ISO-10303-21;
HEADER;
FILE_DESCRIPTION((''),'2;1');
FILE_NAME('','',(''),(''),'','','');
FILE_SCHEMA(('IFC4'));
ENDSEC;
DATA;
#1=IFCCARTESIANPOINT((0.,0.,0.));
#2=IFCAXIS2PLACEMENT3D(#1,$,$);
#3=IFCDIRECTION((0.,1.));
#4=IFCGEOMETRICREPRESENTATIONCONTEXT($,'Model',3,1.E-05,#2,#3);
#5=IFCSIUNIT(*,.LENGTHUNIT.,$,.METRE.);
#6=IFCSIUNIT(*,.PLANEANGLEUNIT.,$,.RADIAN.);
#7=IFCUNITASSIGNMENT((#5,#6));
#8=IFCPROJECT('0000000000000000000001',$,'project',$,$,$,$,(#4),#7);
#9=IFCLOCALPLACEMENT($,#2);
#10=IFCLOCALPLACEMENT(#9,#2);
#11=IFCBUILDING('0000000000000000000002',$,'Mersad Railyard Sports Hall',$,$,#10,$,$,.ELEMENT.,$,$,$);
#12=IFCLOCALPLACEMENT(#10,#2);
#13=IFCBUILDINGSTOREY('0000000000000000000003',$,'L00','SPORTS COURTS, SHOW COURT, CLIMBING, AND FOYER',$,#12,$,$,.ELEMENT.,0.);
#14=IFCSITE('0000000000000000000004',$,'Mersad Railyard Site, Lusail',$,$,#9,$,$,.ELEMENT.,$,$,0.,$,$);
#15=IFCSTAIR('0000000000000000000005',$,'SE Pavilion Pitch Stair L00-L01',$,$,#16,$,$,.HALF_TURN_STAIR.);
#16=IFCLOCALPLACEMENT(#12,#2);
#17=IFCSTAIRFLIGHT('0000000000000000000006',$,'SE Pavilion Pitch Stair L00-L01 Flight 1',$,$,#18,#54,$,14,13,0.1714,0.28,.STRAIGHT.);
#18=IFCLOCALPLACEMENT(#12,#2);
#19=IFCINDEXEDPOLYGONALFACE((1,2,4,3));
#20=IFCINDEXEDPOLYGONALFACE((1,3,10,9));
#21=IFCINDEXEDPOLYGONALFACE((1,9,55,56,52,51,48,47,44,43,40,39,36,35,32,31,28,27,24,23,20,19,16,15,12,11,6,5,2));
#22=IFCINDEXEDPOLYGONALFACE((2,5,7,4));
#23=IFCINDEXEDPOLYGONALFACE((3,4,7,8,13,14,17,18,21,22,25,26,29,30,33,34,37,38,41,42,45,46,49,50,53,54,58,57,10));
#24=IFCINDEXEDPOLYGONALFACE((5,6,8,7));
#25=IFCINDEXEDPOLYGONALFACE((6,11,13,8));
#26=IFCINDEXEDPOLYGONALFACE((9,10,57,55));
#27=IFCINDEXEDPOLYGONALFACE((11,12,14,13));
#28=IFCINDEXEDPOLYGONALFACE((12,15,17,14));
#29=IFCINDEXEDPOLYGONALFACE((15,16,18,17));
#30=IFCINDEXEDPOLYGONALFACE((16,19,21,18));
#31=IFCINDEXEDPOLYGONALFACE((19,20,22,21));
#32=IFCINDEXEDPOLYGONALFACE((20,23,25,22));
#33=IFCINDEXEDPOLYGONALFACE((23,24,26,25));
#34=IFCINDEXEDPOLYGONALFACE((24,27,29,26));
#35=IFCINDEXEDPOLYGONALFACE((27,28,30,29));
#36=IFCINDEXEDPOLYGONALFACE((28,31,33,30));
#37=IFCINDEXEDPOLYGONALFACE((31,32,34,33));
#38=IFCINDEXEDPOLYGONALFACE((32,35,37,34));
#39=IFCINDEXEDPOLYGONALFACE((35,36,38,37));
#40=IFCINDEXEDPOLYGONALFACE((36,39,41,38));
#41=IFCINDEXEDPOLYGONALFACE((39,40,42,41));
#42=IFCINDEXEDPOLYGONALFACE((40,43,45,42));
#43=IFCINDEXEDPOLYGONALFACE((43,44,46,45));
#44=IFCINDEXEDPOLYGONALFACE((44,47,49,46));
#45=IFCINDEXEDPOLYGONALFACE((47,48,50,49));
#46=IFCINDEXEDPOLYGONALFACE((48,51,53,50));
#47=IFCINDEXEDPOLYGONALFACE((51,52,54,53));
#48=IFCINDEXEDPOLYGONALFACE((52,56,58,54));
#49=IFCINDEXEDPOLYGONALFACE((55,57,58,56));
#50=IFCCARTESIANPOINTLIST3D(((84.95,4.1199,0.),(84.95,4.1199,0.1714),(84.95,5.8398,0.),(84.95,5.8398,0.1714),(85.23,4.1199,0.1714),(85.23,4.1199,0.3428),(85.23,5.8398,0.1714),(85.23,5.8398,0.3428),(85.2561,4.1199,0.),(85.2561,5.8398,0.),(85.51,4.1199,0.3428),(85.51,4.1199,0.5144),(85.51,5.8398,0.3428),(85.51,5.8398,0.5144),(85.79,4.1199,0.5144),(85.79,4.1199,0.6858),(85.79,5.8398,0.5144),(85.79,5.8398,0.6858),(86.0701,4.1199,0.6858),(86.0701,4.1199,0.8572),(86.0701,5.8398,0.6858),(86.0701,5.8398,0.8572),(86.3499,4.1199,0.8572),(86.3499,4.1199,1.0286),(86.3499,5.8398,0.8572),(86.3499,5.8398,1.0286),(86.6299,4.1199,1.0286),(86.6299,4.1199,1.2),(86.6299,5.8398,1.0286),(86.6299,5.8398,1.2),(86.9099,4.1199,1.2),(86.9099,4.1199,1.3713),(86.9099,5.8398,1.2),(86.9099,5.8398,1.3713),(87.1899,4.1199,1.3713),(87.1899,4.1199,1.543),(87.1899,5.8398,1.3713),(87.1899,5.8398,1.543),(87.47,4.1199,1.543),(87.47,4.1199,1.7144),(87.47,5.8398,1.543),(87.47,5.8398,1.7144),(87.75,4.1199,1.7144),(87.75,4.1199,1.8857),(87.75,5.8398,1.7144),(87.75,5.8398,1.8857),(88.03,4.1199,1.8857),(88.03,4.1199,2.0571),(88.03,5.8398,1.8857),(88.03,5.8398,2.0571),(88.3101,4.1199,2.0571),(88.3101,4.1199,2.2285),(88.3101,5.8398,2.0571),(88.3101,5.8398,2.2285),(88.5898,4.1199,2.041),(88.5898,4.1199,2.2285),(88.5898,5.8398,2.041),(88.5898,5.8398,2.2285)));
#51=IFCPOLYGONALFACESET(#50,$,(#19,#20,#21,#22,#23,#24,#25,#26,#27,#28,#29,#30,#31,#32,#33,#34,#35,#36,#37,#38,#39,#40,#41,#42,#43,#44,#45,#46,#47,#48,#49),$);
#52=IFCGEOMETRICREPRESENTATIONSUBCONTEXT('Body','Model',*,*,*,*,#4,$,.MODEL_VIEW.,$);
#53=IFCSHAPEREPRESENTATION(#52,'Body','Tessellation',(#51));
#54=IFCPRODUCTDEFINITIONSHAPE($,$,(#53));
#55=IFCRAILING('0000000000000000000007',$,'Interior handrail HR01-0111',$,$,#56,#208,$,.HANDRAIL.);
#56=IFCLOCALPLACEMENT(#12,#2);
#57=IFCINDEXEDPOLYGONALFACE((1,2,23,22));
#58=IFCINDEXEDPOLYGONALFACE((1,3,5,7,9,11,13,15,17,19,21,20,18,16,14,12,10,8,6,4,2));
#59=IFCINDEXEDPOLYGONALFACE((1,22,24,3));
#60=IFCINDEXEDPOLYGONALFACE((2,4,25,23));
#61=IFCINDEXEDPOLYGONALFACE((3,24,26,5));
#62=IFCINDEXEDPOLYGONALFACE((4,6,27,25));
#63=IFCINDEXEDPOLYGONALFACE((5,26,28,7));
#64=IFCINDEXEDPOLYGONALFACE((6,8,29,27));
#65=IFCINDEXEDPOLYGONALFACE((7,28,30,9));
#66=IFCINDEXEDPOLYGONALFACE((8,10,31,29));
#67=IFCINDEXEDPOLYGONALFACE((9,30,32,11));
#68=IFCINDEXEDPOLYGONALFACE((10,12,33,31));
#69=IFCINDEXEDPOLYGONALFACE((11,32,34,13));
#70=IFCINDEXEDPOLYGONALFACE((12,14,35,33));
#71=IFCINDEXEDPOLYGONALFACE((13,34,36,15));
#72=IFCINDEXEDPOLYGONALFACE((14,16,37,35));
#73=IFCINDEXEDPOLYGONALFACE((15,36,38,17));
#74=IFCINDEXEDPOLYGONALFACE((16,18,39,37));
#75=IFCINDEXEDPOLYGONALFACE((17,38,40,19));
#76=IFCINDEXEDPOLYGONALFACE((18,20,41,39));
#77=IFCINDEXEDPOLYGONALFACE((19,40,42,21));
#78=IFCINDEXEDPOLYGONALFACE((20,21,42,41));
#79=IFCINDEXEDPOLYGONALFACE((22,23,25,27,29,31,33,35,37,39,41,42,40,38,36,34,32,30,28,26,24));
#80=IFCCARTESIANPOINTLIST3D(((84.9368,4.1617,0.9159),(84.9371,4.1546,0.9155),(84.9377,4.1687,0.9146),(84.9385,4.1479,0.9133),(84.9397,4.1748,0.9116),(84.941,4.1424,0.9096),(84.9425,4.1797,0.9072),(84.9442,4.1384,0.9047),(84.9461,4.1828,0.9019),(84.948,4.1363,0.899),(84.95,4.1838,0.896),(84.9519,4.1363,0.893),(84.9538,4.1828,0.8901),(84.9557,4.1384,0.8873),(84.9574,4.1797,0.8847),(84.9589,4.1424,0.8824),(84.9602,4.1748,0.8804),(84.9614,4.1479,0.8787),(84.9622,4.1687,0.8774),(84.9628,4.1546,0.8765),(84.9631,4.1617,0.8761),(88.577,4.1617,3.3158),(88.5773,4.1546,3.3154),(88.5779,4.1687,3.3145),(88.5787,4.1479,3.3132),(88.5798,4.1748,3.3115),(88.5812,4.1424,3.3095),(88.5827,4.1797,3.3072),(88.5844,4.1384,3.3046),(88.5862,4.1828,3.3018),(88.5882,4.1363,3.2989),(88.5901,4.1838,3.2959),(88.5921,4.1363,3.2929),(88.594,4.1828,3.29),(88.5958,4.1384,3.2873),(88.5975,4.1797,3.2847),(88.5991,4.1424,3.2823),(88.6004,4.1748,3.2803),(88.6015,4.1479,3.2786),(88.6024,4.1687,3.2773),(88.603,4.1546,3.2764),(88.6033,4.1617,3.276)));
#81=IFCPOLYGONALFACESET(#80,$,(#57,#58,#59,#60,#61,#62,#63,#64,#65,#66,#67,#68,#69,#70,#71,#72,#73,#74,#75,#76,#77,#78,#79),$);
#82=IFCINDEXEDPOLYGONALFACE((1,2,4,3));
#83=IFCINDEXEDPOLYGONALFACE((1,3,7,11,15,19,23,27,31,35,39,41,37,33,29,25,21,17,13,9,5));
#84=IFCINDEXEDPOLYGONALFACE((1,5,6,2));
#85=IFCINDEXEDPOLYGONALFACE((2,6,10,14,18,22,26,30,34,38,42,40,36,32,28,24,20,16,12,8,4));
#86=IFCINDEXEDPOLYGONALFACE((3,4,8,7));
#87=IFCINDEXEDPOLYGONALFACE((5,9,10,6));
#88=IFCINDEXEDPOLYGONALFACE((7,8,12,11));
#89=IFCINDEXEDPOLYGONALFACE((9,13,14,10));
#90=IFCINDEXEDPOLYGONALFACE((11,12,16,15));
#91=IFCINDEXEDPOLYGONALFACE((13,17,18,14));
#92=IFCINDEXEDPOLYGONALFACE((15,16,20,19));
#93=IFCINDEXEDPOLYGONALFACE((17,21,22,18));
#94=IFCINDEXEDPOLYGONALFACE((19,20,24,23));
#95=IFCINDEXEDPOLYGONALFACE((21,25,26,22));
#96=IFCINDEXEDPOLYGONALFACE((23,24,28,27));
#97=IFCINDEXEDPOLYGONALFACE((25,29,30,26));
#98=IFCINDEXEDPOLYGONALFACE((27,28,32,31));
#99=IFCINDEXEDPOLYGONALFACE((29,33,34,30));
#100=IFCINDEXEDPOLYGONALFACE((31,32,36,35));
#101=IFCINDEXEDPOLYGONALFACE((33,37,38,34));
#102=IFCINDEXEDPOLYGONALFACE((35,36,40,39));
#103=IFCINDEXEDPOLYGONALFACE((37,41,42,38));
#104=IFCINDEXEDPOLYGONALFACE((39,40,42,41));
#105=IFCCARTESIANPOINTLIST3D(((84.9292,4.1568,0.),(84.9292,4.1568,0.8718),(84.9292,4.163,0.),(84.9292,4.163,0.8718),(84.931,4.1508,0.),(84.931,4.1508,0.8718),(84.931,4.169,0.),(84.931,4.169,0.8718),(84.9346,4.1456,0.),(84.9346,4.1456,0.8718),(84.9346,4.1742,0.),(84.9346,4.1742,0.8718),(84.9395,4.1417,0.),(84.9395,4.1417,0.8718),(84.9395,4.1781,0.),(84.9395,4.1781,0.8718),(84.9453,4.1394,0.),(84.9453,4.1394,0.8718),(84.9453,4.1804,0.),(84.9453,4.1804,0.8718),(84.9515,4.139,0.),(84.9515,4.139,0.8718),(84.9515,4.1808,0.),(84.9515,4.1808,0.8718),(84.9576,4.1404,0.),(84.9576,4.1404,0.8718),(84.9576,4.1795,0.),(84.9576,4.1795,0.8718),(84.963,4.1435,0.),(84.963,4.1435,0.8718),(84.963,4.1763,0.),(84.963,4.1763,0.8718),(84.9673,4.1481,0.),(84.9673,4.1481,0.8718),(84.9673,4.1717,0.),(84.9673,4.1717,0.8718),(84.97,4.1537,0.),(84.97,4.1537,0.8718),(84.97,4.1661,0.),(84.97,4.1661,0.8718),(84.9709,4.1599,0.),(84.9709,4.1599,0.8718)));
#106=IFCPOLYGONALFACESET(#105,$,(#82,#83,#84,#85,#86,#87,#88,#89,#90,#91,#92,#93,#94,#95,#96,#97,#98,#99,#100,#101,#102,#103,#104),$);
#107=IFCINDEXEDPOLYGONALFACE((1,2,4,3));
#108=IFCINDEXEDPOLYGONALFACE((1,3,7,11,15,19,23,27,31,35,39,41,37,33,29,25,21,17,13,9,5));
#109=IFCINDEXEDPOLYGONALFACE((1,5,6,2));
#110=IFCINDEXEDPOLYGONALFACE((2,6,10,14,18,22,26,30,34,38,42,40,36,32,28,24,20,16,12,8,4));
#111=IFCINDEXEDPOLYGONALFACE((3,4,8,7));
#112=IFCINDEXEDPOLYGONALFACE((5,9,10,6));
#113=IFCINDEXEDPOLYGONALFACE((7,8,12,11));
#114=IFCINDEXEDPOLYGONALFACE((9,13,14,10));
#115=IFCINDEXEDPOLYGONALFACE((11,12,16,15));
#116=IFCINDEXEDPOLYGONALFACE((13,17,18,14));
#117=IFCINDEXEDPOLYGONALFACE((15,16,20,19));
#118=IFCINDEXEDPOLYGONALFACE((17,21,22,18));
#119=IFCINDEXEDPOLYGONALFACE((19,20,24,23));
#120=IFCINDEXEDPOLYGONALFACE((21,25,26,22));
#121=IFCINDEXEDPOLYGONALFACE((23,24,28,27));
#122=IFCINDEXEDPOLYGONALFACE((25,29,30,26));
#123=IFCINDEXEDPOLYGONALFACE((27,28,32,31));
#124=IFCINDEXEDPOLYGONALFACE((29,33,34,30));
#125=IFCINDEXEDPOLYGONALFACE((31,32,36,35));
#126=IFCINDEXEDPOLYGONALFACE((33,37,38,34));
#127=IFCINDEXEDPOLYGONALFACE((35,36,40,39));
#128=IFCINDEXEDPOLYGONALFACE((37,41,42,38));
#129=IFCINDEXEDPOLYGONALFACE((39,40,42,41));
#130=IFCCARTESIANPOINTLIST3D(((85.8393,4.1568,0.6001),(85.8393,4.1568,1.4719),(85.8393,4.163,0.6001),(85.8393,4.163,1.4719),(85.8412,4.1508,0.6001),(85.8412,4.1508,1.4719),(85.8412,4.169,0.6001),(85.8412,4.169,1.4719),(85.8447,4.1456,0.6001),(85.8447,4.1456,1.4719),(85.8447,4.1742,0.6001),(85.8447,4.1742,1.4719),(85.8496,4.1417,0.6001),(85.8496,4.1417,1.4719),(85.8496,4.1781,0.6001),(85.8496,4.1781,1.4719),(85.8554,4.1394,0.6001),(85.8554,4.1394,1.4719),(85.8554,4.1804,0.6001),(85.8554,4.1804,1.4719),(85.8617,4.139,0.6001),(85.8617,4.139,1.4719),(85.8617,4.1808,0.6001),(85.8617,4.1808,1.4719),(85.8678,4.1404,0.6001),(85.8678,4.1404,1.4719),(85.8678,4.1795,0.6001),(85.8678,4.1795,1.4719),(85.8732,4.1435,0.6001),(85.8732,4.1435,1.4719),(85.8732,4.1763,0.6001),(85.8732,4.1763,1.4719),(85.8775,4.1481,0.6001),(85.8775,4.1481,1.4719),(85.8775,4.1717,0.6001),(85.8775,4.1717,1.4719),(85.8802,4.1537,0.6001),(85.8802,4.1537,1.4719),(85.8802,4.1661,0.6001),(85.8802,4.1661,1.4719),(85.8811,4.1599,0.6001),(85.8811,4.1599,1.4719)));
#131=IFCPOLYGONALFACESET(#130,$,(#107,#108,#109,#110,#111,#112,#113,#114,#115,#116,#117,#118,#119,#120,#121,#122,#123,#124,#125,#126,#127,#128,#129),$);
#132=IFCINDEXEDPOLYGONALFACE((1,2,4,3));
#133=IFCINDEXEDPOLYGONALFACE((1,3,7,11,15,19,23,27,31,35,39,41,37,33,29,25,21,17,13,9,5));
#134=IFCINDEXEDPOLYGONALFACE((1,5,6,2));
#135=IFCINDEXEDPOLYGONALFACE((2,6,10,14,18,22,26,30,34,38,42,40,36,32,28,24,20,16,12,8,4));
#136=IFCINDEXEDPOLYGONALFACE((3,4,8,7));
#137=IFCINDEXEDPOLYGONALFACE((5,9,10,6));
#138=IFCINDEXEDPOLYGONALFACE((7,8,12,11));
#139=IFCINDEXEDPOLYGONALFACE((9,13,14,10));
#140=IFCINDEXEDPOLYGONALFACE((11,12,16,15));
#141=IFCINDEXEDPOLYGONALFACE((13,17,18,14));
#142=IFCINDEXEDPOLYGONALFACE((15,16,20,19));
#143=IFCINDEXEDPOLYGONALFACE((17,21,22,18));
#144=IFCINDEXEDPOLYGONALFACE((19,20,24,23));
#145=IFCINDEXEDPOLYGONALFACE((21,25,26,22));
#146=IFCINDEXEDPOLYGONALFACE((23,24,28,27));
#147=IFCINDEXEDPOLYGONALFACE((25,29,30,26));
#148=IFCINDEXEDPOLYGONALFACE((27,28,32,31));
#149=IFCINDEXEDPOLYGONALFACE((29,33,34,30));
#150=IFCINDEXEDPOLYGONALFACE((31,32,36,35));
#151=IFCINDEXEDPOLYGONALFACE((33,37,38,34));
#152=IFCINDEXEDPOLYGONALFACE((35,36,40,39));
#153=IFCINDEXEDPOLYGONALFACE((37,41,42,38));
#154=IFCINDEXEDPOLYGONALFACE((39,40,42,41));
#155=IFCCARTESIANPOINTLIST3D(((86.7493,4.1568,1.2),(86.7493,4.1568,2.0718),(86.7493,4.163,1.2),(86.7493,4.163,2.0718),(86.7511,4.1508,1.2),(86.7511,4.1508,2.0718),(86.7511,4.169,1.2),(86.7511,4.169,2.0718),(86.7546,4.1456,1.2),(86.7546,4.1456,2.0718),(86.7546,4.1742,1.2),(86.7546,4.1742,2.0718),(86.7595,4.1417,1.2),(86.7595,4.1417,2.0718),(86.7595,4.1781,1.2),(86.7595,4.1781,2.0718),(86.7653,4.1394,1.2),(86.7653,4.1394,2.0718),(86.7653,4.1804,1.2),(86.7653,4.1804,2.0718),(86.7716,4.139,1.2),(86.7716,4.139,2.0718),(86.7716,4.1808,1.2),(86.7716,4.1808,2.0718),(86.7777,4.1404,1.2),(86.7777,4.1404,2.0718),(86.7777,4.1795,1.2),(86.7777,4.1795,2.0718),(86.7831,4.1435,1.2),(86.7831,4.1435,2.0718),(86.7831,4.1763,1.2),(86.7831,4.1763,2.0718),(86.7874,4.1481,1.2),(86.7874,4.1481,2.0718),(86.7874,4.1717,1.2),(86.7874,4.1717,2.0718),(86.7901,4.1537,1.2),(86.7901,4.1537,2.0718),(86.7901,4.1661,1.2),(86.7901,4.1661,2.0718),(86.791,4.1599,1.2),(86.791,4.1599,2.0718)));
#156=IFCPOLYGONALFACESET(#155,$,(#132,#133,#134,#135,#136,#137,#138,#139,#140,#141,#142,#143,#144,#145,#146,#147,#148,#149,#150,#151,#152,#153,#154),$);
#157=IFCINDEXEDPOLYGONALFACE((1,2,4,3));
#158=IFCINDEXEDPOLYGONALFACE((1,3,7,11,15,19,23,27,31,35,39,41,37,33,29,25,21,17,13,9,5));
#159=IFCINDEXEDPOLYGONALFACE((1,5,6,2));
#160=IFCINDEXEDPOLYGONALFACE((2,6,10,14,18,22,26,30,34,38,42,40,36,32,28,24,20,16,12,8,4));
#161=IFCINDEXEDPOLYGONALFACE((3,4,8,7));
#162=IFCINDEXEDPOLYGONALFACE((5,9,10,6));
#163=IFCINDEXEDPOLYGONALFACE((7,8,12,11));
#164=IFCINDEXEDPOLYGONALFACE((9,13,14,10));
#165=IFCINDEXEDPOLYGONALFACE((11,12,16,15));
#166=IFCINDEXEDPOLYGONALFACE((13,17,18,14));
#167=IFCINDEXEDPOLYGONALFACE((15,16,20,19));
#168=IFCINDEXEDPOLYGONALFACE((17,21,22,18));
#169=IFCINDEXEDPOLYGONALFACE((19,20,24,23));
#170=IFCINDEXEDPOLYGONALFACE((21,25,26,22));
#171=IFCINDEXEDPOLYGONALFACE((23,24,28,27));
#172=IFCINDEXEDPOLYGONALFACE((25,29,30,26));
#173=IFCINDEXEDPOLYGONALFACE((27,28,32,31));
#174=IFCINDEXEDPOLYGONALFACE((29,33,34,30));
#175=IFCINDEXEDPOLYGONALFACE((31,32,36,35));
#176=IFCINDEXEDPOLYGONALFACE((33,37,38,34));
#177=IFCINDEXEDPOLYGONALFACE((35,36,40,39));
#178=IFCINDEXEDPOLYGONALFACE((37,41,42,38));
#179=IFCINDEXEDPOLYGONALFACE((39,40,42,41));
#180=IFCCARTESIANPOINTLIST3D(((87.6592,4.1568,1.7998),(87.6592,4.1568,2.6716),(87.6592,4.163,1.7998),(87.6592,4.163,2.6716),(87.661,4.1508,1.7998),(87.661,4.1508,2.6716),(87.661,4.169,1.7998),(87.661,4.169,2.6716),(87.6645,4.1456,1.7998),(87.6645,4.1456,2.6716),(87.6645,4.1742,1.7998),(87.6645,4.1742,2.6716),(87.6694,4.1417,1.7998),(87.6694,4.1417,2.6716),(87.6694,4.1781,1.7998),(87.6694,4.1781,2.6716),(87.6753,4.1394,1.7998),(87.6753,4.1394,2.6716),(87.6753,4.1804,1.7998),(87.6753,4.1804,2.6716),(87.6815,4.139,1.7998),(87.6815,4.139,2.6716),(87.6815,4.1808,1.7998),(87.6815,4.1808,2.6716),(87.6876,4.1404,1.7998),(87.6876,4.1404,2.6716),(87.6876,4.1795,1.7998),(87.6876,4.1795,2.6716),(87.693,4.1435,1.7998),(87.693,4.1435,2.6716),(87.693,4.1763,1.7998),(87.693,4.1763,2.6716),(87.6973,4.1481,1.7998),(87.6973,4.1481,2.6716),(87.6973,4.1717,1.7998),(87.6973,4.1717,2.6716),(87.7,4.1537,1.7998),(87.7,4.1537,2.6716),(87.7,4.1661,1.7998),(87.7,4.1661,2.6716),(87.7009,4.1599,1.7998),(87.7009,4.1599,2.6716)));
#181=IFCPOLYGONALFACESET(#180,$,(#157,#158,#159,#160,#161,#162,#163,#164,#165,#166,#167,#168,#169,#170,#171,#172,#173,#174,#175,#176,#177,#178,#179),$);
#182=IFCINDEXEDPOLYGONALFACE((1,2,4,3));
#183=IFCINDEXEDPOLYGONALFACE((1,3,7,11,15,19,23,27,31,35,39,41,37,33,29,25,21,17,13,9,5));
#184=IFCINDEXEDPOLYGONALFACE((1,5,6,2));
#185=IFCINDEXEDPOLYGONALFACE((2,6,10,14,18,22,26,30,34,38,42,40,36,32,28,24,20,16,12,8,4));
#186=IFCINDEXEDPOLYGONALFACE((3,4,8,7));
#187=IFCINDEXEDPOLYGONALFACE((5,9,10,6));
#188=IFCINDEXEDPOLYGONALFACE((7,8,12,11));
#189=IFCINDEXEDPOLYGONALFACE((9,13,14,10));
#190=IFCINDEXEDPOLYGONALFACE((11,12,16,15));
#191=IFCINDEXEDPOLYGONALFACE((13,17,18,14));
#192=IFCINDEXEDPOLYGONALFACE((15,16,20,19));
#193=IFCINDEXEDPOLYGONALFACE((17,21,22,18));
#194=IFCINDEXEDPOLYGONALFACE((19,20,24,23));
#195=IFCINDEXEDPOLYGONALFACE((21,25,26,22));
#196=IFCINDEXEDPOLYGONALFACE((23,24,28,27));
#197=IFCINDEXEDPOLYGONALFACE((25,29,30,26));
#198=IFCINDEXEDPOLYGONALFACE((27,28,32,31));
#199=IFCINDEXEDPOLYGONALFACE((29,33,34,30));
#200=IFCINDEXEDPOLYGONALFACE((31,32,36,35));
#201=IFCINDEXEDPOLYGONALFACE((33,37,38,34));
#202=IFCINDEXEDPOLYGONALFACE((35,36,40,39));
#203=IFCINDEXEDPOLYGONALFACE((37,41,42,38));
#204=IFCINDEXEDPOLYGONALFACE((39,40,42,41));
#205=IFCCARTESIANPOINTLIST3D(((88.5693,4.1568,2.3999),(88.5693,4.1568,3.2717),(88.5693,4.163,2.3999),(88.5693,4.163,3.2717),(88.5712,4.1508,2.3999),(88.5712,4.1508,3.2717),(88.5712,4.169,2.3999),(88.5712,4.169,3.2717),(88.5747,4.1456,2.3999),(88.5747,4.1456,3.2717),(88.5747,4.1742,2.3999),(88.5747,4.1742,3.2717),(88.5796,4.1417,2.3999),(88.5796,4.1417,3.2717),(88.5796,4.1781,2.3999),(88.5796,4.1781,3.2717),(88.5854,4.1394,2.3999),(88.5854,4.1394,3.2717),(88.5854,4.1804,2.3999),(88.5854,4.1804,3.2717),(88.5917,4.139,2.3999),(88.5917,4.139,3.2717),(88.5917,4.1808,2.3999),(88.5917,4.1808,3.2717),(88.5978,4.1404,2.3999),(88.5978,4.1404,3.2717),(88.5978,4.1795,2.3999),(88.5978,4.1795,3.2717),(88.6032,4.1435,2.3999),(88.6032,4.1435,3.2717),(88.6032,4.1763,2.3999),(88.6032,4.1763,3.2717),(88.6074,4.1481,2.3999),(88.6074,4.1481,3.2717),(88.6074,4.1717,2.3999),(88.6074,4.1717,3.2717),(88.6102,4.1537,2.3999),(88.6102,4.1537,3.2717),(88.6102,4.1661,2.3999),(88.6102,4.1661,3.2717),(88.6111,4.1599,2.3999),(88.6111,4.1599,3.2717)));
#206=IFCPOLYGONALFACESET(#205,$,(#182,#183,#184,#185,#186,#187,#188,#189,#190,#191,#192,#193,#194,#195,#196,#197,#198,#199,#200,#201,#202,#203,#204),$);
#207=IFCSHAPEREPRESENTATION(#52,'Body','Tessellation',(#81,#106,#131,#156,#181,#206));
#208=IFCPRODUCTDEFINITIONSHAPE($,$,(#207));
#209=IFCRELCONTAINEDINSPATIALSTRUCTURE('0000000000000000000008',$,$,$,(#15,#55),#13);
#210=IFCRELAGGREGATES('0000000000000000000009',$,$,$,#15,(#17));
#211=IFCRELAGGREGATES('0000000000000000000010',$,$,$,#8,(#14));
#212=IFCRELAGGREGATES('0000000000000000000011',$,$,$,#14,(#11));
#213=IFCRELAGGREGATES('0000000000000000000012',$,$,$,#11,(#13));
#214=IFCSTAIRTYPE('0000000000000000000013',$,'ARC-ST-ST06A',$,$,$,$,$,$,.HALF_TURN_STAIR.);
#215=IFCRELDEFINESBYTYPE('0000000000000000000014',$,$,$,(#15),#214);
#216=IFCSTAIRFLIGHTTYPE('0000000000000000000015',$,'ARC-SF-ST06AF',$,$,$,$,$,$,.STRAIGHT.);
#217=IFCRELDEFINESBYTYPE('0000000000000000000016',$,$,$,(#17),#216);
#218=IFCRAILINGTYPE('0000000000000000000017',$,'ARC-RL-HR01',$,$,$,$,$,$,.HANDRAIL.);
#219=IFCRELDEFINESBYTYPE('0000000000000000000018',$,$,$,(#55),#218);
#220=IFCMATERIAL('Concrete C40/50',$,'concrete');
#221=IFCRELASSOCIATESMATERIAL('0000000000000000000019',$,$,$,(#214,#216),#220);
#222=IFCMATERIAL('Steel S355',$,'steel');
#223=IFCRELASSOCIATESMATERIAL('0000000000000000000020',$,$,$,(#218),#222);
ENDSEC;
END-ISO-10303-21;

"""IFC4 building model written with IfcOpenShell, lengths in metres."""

from ifc_helpers import new_model, si_unit, direction, frame, origin, origin_2d, place, context, subcontext, project, spatial, polyline, circle, outline, extrude, material, type_object, element, aggregate, save


model = new_model("IFC4")

# Units and contexts
model_context = context("Model", 3, precision=1e-05, world=origin(), true_north=direction((0.0, 1.0)))
body_context = subcontext(model_context, "Body", "Model", "MODEL_VIEW")
ifc_project = project(units=[si_unit("LENGTHUNIT", "METRE"), si_unit("PLANEANGLEUNIT", "RADIAN")], contexts=[model_context])

# Site, building, storey
site_placement = place(None, origin())
site = spatial("IfcSite", under=ifc_project, at=site_placement, Name="Mersad Railyard Site, Lusail", CompositionType="ELEMENT", RefElevation=0.0)
building_placement = place(site_placement, origin())
building = spatial("IfcBuilding", under=site, at=building_placement, Name="Mersad Railyard Sports Hall", CompositionType="ELEMENT")
storey_placement = place(building_placement, origin())
storey = spatial("IfcBuildingStorey", under=building, at=storey_placement, Name="L00", Description="SPORTS COURTS, SHOW COURT, CLIMBING, AND FOYER", CompositionType="ELEMENT", Elevation=0.0)

# Shared definitions
ifc_material_1 = material(Name="Concrete C40/50", Category="concrete")

# Shared definitions
ifc_material_2 = material(Name="Steel S355", Category="steel")

# Stair, stair flight
stair_type = type_object("IfcStairType", Name="ARC-ST-ST06A", PredefinedType="HALF_TURN_STAIR", material=ifc_material_1)
stair_placement = place(storey_placement, origin())
stair = element("IfcStair", 1, at=stair_placement, inside=storey, type_object=stair_type, Name="SE Pavilion Pitch Stair L00-L01", PredefinedType="HALF_TURN_STAIR")
stair_flight_type = type_object("IfcStairFlightType", Name="ARC-SF-ST06AF", PredefinedType="STRAIGHT", material=ifc_material_1)
stair_flight_placement = place(storey_placement, frame((84.95, 4.98, 0.0), z_axis=(0.0, 0.0, 1.0), x_axis=(1.0, 0.0, 0.0)))
stair_flight = element("IfcStairFlight", 2, at=stair_flight_placement, type_object=stair_flight_type, Name="SE Pavilion Pitch Stair L00-L01 Flight 1", NumberOfRisers=14, NumberOfTreads=13, PredefinedType="STRAIGHT", RiserHeight=0.1714, TreadLength=0.28, context=body_context, shape_type="SweptSolid", body=[
    extrude(outline(polyline([(0.0, 0.0), (0.0, 0.1714), (0.28, 0.1714), (0.28, 0.3428), (0.5601, 0.3428), (0.5601, 0.5144), (0.8401, 0.5144), (0.8401, 0.6858), (1.1201, 0.6858), (1.1201, 0.8572), (1.3999, 0.8572), (1.3999, 1.0286), (1.6799, 1.0286), (1.6799, 1.2), (1.96, 1.2), (1.96, 1.3713), (2.24, 1.3713), (2.24, 1.543), (2.52, 1.543), (2.52, 1.7144), (2.8, 1.7144), (2.8, 1.8857), (3.0801, 1.8857), (3.0801, 2.0571), (3.3601, 2.0571), (3.3601, 2.2285), (3.6399, 2.2285), (3.6399, 2.3999), (3.6399, 2.041), (0.3062, 0.0), (0.0, 0.0)])), frame((0.0, 0.8599, 0.0), z_axis=(0.0, -1.0, 0.0), x_axis=(1.0, 0.0, 0.0)), (0.0, 0.0, 1.0), 1.72),
])
aggregate(stair, [stair_flight])

# Railing
railing_type_1 = type_object("IfcRailingType", Name="ARC-RL-HR01", PredefinedType="HANDRAIL", material=ifc_material_2)
railing_1_placement = place(storey_placement, frame((84.95, 4.1599, 0.0)))
element("IfcRailing", 3, at=railing_1_placement, inside=storey, type_object=railing_type_1, Name="Interior handrail HR01-0111", PredefinedType="HANDRAIL", context=body_context, shape_type="SweptSolid", body=[
    extrude(circle(Radius=0.0239, at=origin_2d()), frame((0.0, 0.0, 0.896), z_axis=(0.834882, 0.0, 0.550429), x_axis=(0.0, 1.0, 0.0)), (0.0, 0.0, 1.0), 4.3601),
    extrude(circle(Radius=0.021, at=origin_2d()), origin(), (0.0, 0.0, 1.0), 0.8718),
    extrude(circle(Radius=0.021, at=origin_2d()), frame((0.9102, 0.0, 0.6001)), (0.0, 0.0, 1.0), 0.8718),
    extrude(circle(Radius=0.021, at=origin_2d()), frame((1.8201, 0.0, 1.2)), (0.0, 0.0, 1.0), 0.8718),
    extrude(circle(Radius=0.021, at=origin_2d()), frame((2.73, 0.0, 1.7998)), (0.0, 0.0, 1.0), 0.8718),
    extrude(circle(Radius=0.021, at=origin_2d()), frame((3.6401, 0.0, 2.3999)), (0.0, 0.0, 1.0), 0.8718),
])

save(model, "model.ifc")
